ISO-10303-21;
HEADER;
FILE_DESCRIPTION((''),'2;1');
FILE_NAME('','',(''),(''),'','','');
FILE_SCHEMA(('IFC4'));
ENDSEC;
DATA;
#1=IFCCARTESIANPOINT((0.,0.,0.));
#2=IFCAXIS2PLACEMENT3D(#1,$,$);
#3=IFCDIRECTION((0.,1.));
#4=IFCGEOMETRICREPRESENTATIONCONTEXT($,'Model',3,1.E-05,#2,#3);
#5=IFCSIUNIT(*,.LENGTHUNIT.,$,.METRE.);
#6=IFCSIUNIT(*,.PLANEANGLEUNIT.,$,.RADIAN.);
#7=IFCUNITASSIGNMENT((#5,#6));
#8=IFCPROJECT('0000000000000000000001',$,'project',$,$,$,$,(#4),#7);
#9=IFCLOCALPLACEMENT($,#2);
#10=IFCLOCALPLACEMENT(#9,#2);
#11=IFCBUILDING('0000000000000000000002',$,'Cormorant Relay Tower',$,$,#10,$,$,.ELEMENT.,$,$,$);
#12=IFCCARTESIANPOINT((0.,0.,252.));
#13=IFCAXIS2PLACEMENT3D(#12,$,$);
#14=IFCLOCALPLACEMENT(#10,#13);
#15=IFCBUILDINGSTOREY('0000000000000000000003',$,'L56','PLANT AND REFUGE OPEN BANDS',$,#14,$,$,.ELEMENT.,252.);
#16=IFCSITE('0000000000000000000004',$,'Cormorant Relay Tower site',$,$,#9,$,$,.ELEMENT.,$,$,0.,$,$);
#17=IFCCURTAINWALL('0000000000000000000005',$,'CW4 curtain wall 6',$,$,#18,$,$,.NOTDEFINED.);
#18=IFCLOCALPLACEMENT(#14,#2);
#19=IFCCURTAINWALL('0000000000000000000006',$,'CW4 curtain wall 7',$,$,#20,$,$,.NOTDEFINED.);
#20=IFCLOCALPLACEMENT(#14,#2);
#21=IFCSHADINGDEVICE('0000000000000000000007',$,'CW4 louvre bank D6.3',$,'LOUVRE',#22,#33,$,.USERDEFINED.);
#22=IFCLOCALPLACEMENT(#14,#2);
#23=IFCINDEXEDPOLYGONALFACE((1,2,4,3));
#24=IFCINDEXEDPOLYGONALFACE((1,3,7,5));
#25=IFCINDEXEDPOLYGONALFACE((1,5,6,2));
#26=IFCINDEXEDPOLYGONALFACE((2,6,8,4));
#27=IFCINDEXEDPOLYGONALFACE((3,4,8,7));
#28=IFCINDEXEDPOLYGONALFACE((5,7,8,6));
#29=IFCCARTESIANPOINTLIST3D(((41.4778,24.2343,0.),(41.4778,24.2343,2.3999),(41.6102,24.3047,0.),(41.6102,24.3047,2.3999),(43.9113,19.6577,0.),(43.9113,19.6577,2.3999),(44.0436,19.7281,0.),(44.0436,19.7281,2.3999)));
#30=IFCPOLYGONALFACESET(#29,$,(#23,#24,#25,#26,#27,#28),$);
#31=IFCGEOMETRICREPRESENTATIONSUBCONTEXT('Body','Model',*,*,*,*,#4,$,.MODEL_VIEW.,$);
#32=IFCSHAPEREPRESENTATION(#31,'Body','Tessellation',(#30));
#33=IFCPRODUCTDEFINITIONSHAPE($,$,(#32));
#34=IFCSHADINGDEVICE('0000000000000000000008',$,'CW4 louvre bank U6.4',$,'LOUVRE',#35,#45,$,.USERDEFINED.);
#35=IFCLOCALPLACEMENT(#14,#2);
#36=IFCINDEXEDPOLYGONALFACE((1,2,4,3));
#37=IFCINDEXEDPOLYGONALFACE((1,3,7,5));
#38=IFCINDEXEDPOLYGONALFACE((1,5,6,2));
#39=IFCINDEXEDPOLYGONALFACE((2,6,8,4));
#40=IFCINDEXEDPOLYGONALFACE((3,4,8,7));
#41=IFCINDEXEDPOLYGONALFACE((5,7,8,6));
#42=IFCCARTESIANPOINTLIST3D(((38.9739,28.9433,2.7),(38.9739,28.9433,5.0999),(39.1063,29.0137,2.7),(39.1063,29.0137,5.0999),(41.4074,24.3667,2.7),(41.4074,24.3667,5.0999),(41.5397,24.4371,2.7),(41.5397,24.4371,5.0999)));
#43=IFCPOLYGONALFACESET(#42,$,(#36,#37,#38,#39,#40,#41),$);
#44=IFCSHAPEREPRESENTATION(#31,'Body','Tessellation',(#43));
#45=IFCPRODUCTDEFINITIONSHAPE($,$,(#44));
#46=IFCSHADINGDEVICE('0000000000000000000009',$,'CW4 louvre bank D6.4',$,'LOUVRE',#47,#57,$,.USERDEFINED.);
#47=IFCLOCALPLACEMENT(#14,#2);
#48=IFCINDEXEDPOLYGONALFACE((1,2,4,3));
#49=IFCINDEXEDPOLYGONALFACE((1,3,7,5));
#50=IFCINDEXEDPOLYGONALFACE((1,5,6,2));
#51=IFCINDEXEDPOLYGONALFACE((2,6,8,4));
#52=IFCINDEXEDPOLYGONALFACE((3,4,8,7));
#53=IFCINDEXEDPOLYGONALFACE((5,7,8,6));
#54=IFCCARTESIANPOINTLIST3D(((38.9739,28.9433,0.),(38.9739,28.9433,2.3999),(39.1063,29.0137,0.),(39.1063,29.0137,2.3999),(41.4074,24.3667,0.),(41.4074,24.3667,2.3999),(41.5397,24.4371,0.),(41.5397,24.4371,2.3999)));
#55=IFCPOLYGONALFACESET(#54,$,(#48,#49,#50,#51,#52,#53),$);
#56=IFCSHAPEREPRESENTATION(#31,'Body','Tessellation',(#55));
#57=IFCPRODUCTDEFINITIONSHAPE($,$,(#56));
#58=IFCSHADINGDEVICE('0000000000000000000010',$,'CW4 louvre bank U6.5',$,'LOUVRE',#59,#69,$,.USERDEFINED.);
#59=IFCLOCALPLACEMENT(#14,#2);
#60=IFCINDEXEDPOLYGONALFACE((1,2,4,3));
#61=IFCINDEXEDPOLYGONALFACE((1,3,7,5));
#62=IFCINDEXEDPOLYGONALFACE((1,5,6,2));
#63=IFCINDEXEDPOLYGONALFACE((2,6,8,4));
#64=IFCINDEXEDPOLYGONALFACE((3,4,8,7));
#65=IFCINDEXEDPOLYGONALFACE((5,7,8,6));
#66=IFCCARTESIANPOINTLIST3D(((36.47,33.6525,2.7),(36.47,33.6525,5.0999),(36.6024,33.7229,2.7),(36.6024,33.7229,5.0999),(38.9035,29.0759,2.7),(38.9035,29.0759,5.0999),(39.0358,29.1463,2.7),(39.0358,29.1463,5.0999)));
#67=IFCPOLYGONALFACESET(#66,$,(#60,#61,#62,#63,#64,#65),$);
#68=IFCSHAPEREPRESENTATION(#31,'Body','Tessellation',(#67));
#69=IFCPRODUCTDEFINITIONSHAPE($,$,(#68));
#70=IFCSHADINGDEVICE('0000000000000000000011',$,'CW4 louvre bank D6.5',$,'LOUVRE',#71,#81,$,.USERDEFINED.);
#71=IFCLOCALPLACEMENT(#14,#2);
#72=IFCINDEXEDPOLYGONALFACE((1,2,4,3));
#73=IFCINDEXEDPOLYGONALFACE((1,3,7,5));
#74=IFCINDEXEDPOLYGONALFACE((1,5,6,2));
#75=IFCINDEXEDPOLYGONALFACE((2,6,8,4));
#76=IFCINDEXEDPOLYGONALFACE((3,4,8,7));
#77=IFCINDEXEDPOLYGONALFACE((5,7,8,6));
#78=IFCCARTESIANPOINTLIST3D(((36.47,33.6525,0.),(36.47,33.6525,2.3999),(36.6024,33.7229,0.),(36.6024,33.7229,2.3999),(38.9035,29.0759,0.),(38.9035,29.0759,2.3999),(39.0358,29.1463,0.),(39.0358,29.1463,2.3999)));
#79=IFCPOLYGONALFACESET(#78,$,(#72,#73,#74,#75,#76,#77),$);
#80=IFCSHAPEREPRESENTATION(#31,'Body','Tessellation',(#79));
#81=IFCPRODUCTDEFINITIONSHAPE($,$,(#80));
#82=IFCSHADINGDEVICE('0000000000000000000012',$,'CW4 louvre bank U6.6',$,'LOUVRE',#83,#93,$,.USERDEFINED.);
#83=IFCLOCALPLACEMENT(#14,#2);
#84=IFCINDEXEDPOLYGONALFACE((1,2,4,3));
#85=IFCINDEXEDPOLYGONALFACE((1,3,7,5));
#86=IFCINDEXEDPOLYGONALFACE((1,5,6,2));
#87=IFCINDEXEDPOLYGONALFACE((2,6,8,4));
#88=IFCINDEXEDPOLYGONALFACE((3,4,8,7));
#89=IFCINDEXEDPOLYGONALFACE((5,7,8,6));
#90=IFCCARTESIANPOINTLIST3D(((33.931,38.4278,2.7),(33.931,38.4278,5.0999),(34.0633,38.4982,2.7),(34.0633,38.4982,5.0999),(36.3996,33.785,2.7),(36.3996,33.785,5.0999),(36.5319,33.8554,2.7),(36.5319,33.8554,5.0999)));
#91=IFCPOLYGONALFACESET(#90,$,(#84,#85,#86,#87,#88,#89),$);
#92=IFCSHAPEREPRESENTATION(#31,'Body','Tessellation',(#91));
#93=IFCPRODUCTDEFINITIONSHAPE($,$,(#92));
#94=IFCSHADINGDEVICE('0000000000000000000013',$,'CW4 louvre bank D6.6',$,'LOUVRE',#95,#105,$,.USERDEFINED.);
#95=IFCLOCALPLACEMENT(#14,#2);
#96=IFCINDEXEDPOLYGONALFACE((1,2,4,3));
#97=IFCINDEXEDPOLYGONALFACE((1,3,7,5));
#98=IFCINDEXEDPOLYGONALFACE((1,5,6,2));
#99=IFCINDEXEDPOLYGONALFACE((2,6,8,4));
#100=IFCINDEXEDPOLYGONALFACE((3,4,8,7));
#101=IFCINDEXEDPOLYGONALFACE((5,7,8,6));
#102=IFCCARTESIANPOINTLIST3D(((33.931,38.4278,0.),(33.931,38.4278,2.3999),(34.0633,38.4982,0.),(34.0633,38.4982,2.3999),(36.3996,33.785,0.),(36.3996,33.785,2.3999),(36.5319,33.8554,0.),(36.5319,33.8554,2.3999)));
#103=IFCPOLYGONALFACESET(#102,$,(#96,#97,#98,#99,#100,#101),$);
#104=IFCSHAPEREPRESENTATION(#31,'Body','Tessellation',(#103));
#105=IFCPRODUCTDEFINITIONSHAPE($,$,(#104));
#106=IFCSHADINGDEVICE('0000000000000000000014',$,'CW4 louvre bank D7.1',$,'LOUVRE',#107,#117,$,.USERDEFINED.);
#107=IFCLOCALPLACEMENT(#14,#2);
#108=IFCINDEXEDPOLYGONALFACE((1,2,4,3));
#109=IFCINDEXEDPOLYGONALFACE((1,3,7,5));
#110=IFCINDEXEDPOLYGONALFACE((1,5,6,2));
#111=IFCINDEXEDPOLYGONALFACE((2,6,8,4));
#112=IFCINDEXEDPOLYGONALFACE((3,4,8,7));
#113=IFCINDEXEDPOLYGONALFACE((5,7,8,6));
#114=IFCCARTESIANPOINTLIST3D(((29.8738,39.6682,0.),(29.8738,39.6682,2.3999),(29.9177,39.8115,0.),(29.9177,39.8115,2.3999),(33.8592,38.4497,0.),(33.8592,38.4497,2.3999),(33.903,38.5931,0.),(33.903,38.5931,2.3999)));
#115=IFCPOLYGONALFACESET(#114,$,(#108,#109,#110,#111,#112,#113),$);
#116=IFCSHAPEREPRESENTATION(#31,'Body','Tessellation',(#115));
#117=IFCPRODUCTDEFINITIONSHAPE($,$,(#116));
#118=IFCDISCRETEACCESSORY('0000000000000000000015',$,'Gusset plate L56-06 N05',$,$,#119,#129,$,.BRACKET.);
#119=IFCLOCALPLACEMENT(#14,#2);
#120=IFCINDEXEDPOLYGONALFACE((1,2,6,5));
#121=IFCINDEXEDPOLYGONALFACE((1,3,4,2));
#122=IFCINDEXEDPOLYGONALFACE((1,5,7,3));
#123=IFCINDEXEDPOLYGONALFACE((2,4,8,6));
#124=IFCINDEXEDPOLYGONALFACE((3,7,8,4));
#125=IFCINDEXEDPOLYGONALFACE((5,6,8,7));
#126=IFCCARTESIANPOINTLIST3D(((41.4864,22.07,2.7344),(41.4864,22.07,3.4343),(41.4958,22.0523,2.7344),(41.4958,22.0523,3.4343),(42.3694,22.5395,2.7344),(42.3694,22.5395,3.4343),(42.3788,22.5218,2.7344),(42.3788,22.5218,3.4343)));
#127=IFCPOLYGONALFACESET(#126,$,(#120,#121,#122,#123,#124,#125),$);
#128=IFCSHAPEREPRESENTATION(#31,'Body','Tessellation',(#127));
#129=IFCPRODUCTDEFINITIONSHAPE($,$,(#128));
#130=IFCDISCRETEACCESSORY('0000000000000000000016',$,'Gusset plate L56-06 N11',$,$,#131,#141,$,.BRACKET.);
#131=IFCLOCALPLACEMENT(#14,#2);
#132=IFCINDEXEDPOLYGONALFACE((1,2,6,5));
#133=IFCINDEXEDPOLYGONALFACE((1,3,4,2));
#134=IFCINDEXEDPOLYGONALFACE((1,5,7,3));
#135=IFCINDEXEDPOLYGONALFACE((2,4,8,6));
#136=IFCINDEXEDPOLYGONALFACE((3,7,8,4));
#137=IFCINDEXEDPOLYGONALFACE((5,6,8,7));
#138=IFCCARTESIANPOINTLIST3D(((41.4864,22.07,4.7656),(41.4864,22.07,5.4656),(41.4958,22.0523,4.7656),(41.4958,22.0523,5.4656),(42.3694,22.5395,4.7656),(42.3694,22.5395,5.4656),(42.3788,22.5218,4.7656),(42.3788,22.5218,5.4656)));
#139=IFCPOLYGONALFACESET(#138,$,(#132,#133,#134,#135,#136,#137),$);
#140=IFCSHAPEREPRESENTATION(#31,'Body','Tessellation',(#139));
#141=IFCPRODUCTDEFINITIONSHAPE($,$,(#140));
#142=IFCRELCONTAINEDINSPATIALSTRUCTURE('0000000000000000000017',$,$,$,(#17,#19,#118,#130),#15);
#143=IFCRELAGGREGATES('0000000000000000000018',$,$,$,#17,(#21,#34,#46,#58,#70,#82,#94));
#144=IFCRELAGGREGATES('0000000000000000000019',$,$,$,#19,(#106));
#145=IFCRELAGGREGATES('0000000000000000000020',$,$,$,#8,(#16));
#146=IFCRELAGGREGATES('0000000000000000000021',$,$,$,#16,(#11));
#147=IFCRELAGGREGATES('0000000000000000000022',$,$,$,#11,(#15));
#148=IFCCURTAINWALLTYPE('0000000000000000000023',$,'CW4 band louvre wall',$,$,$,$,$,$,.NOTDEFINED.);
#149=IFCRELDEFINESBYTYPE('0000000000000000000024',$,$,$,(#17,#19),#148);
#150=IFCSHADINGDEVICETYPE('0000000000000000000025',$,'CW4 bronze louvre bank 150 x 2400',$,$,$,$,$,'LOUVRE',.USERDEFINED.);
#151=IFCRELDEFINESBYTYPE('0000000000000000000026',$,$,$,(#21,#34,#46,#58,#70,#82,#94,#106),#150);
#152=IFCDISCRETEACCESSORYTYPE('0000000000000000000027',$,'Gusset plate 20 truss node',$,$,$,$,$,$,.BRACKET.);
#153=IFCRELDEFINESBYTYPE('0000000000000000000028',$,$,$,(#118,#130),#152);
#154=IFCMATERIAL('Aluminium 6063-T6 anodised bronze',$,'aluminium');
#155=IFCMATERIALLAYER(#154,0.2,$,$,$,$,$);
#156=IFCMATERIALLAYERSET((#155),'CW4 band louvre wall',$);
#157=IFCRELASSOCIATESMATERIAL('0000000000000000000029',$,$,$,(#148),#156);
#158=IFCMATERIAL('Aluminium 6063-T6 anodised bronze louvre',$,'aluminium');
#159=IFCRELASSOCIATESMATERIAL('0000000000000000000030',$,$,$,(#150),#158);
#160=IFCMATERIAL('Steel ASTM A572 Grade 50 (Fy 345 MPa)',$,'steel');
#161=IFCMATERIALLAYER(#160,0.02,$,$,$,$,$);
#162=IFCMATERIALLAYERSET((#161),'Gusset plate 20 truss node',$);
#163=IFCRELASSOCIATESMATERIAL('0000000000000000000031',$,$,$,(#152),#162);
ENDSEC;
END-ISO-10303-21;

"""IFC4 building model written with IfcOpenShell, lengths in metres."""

from ifc_helpers import new_model, si_unit, direction, frame, origin, origin_2d, place, context, subcontext, project, spatial, rectangle, extrude, material, layer, layer_set, type_object, element, aggregate, save


model = new_model("IFC4")

# Units and contexts
model_context = context("Model", 3, precision=1e-05, world=origin(), true_north=direction((0.0, 1.0)))
body_context = subcontext(model_context, "Body", "Model", "MODEL_VIEW")
ifc_project = project(units=[si_unit("LENGTHUNIT", "METRE"), si_unit("PLANEANGLEUNIT", "RADIAN")], contexts=[model_context])

# Site, building, storey
site_placement = place(None, origin())
site = spatial("IfcSite", under=ifc_project, at=site_placement, Name="Cormorant Relay Tower site", CompositionType="ELEMENT", RefElevation=0.0)
building_placement = place(site_placement, origin())
building = spatial("IfcBuilding", under=site, at=building_placement, Name="Cormorant Relay Tower", CompositionType="ELEMENT")
storey_placement = place(building_placement, frame((0.0, 0.0, 252.0)))
storey = spatial("IfcBuildingStorey", under=building, at=storey_placement, Name="L56", Description="PLANT AND REFUGE OPEN BANDS", CompositionType="ELEMENT", Elevation=252.0)

# Curtain walls
ifc_material_1 = material(Name="Aluminium 6063-T6 anodised bronze", Category="aluminium")
ifc_layer_1 = layer(ifc_material_1, 0.2)
ifc_layer_set_1 = layer_set([ifc_layer_1], Name="CW4 band louvre wall")
curtain_wall_type = type_object("IfcCurtainWallType", Name="CW4 band louvre wall", PredefinedType="NOTDEFINED", material=ifc_layer_set_1)
curtain_wall_1_placement = place(storey_placement, origin())
curtain_wall_1 = element("IfcCurtainWall", 1, at=curtain_wall_1_placement, inside=storey, type_object=curtain_wall_type, Name="CW4 curtain wall 6", PredefinedType="NOTDEFINED")
curtain_wall_2_placement = place(storey_placement, origin())
curtain_wall_2 = element("IfcCurtainWall", 2, at=curtain_wall_2_placement, inside=storey, type_object=curtain_wall_type, Name="CW4 curtain wall 7", PredefinedType="NOTDEFINED")

# Shading devices
ifc_material_2 = material(Name="Aluminium 6063-T6 anodised bronze louvre", Category="aluminium")
shading_device_type = type_object("IfcShadingDeviceType", Name="CW4 bronze louvre bank 150 x 2400", ElementType="LOUVRE", PredefinedType="USERDEFINED", material=ifc_material_2)
shading_device_1_placement = place(storey_placement, frame((42.7607, 21.9812, 0.0), z_axis=(0.0, 0.0, 1.0), x_axis=(-0.469472, 0.882948, 0.0)))
shading_device_1 = element("IfcShadingDevice", 3, at=shading_device_1_placement, type_object=shading_device_type, Name="CW4 louvre bank D6.3", ObjectType="LOUVRE", PredefinedType="USERDEFINED", context=body_context, shape_type="SweptSolid", body=[
    extrude(rectangle(XDim=5.1833, YDim=0.1499, at=origin_2d()), origin(), (0.0, 0.0, 1.0), 2.3999),
])
shading_device_2_placement = place(storey_placement, frame((40.2568, 26.6902, 2.7), z_axis=(0.0, 0.0, 1.0), x_axis=(-0.469472, 0.882948, 0.0)))
shading_device_2 = element("IfcShadingDevice", 4, at=shading_device_2_placement, type_object=shading_device_type, Name="CW4 louvre bank U6.4", ObjectType="LOUVRE", PredefinedType="USERDEFINED", context=body_context, shape_type="SweptSolid", body=[
    extrude(rectangle(XDim=5.1833, YDim=0.1499, at=origin_2d()), origin(), (0.0, 0.0, 1.0), 2.3999),
])
shading_device_3_placement = place(storey_placement, frame((40.2568, 26.6902, 0.0), z_axis=(0.0, 0.0, 1.0), x_axis=(-0.469472, 0.882948, 0.0)))
shading_device_3 = element("IfcShadingDevice", 5, at=shading_device_3_placement, type_object=shading_device_type, Name="CW4 louvre bank D6.4", ObjectType="LOUVRE", PredefinedType="USERDEFINED", context=body_context, shape_type="SweptSolid", body=[
    extrude(rectangle(XDim=5.1833, YDim=0.1499, at=origin_2d()), origin(), (0.0, 0.0, 1.0), 2.3999),
])
shading_device_4_placement = place(storey_placement, frame((37.7529, 31.3994, 2.7), z_axis=(0.0, 0.0, 1.0), x_axis=(-0.469472, 0.882948, 0.0)))
shading_device_4 = element("IfcShadingDevice", 6, at=shading_device_4_placement, type_object=shading_device_type, Name="CW4 louvre bank U6.5", ObjectType="LOUVRE", PredefinedType="USERDEFINED", context=body_context, shape_type="SweptSolid", body=[
    extrude(rectangle(XDim=5.1833, YDim=0.1499, at=origin_2d()), origin(), (0.0, 0.0, 1.0), 2.3999),
])
shading_device_5_placement = place(storey_placement, frame((37.7529, 31.3994, 0.0), z_axis=(0.0, 0.0, 1.0), x_axis=(-0.469472, 0.882948, 0.0)))
shading_device_5 = element("IfcShadingDevice", 7, at=shading_device_5_placement, type_object=shading_device_type, Name="CW4 louvre bank D6.5", ObjectType="LOUVRE", PredefinedType="USERDEFINED", context=body_context, shape_type="SweptSolid", body=[
    extrude(rectangle(XDim=5.1833, YDim=0.1499, at=origin_2d()), origin(), (0.0, 0.0, 1.0), 2.3999),
])
shading_device_6_placement = place(storey_placement, frame((35.2314, 36.1416, 2.7), z_axis=(0.0, 0.0, 1.0), x_axis=(-0.469472, 0.882948, 0.0)))
shading_device_6 = element("IfcShadingDevice", 8, at=shading_device_6_placement, type_object=shading_device_type, Name="CW4 louvre bank U6.6", ObjectType="LOUVRE", PredefinedType="USERDEFINED", context=body_context, shape_type="SweptSolid", body=[
    extrude(rectangle(XDim=5.2583, YDim=0.1499, at=origin_2d()), origin(), (0.0, 0.0, 1.0), 2.3999),
])
shading_device_7_placement = place(storey_placement, frame((35.2314, 36.1416, 0.0), z_axis=(0.0, 0.0, 1.0), x_axis=(-0.469472, 0.882948, 0.0)))
shading_device_7 = element("IfcShadingDevice", 9, at=shading_device_7_placement, type_object=shading_device_type, Name="CW4 louvre bank D6.6", ObjectType="LOUVRE", PredefinedType="USERDEFINED", context=body_context, shape_type="SweptSolid", body=[
    extrude(rectangle(XDim=5.2583, YDim=0.1499, at=origin_2d()), origin(), (0.0, 0.0, 1.0), 2.3999),
])
aggregate(curtain_wall_1, [shading_device_1, shading_device_2, shading_device_3, shading_device_4, shading_device_5, shading_device_6, shading_device_7])
shading_device_8_placement = place(storey_placement, frame((31.8884, 39.1306, 0.0), z_axis=(0.0, 0.0, 1.0), x_axis=(-0.956305, 0.292372, 0.0)))
shading_device_8 = element("IfcShadingDevice", 10, at=shading_device_8_placement, type_object=shading_device_type, Name="CW4 louvre bank D7.1", ObjectType="LOUVRE", PredefinedType="USERDEFINED", context=body_context, shape_type="SweptSolid", body=[
    extrude(rectangle(XDim=4.1675, YDim=0.1499, at=origin_2d()), origin(), (0.0, 0.0, 1.0), 2.3999),
])
aggregate(curtain_wall_2, [shading_device_8])

# Discrete accessories
ifc_material_3 = material(Name="Steel ASTM A572 Grade 50 (Fy 345 MPa)", Category="steel")
ifc_layer_2 = layer(ifc_material_3, 0.02)
ifc_layer_set_2 = layer_set([ifc_layer_2], Name="Gusset plate 20 truss node")
discrete_accessory_type = type_object("IfcDiscreteAccessoryType", Name="Gusset plate 20 truss node", PredefinedType="BRACKET", material=ifc_layer_set_2)
for number, where, z_axis, x_axis, name in (
    (11, (41.9326, 22.2959, 2.7344), (0.0, 0.0, 1.0), (0.882939, 0.469487, 0.0), "Gusset plate L56-06 N05"),
    (12, (41.9326, 22.2959, 4.7656), (0.0, 0.0, 1.0), (0.882948, 0.46947, 0.0), "Gusset plate L56-06 N11"),
):
    element("IfcDiscreteAccessory", number, at=place(storey_placement, frame(where, z_axis=z_axis, x_axis=x_axis)), inside=storey, type_object=discrete_accessory_type, Name=name, PredefinedType="BRACKET", context=body_context, shape_type="SweptSolid", body=[
        extrude(rectangle(XDim=1.0, YDim=0.02, at=origin_2d()), origin(), (0.0, 0.0, 1.0), 0.7),
    ])

save(model, "model.ifc")
